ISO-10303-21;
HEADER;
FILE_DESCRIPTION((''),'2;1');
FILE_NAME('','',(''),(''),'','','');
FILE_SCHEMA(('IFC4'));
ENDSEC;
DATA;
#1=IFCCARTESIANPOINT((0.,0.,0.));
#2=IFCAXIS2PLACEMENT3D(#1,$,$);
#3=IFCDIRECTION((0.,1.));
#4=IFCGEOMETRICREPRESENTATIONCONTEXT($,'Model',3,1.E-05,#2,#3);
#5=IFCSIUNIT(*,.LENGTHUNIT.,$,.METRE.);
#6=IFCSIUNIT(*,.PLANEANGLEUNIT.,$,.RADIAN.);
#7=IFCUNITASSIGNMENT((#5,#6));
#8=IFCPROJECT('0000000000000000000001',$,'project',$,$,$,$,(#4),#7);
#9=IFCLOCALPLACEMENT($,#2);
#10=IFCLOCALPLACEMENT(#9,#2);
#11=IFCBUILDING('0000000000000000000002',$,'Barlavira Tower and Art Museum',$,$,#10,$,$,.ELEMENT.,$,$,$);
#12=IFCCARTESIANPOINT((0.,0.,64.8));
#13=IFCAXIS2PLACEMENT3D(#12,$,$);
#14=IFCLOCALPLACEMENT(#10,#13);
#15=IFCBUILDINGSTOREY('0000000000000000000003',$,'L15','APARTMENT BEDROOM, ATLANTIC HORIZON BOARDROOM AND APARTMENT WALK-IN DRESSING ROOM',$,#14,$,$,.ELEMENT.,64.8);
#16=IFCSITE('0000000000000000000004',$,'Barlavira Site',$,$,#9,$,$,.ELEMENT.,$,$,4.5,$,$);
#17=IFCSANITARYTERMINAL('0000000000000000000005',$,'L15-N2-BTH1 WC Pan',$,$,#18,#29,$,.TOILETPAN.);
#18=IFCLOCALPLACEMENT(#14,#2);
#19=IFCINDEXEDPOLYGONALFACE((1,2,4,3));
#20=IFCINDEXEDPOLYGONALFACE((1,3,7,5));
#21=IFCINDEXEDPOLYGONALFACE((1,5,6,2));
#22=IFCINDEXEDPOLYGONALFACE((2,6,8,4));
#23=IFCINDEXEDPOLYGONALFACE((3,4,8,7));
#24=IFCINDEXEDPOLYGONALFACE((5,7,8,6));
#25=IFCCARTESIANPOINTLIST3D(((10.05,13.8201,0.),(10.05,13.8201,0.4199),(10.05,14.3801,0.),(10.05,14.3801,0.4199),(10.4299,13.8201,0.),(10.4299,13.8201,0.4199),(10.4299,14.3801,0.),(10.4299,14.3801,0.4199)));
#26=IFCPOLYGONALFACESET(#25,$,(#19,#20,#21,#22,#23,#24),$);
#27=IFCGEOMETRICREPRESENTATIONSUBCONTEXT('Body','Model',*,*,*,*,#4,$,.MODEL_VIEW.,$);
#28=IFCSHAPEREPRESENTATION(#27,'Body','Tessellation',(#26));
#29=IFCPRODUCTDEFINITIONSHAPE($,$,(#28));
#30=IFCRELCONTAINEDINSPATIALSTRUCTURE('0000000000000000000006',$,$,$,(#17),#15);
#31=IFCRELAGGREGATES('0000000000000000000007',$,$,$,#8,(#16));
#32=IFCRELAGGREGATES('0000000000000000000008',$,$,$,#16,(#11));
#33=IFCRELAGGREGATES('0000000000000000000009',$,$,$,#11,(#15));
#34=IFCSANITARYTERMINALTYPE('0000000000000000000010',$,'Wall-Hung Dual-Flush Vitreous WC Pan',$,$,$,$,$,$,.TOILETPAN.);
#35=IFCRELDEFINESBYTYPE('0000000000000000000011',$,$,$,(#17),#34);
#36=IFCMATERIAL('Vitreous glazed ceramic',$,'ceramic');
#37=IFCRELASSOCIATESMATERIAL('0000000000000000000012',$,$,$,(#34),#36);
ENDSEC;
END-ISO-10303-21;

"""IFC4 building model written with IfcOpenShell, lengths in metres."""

from ifc_helpers import new_model, si_unit, direction, frame, origin, origin_2d, place, context, subcontext, project, spatial, rectangle, extrude, material, type_object, element, save


model = new_model("IFC4")

# Units and contexts
model_context = context("Model", 3, precision=1e-05, world=origin(), true_north=direction((0.0, 1.0)))
body_context = subcontext(model_context, "Body", "Model", "MODEL_VIEW")
ifc_project = project(units=[si_unit("LENGTHUNIT", "METRE"), si_unit("PLANEANGLEUNIT", "RADIAN")], contexts=[model_context])

# Site, building, storey
site_placement = place(None, origin())
site = spatial("IfcSite", under=ifc_project, at=site_placement, Name="Barlavira Site", CompositionType="ELEMENT", RefElevation=4.5)
building_placement = place(site_placement, origin())
building = spatial("IfcBuilding", under=site, at=building_placement, Name="Barlavira Tower and Art Museum", CompositionType="ELEMENT")
storey_placement = place(building_placement, frame((0.0, 0.0, 64.8)))
storey = spatial("IfcBuildingStorey", under=building, at=storey_placement, Name="L15", Description="APARTMENT BEDROOM, ATLANTIC HORIZON BOARDROOM AND APARTMENT WALK-IN DRESSING ROOM", CompositionType="ELEMENT", Elevation=64.8)

# Sanitary terminal
ifc_material_1 = material(Name="Vitreous glazed ceramic", Category="ceramic")
sanitary_terminal_type_1 = type_object("IfcSanitaryTerminalType", Name="Wall-Hung Dual-Flush Vitreous WC Pan", PredefinedType="TOILETPAN", material=ifc_material_1)
sanitary_terminal_1_placement = place(storey_placement, frame((10.24, 14.1001, 0.0), z_axis=(0.0, 0.0, 1.0), x_axis=(1.0, 0.0, 0.0)))
element("IfcSanitaryTerminal", 1, at=sanitary_terminal_1_placement, inside=storey, type_object=sanitary_terminal_type_1, Name="L15-N2-BTH1 WC Pan", PredefinedType="TOILETPAN", context=body_context, shape_type="SweptSolid", body=[
    extrude(rectangle(XDim=0.3799, YDim=0.5601, at=origin_2d()), origin(), (0.0, 0.0, 1.0), 0.4199),
])

save(model, "model.ifc")
